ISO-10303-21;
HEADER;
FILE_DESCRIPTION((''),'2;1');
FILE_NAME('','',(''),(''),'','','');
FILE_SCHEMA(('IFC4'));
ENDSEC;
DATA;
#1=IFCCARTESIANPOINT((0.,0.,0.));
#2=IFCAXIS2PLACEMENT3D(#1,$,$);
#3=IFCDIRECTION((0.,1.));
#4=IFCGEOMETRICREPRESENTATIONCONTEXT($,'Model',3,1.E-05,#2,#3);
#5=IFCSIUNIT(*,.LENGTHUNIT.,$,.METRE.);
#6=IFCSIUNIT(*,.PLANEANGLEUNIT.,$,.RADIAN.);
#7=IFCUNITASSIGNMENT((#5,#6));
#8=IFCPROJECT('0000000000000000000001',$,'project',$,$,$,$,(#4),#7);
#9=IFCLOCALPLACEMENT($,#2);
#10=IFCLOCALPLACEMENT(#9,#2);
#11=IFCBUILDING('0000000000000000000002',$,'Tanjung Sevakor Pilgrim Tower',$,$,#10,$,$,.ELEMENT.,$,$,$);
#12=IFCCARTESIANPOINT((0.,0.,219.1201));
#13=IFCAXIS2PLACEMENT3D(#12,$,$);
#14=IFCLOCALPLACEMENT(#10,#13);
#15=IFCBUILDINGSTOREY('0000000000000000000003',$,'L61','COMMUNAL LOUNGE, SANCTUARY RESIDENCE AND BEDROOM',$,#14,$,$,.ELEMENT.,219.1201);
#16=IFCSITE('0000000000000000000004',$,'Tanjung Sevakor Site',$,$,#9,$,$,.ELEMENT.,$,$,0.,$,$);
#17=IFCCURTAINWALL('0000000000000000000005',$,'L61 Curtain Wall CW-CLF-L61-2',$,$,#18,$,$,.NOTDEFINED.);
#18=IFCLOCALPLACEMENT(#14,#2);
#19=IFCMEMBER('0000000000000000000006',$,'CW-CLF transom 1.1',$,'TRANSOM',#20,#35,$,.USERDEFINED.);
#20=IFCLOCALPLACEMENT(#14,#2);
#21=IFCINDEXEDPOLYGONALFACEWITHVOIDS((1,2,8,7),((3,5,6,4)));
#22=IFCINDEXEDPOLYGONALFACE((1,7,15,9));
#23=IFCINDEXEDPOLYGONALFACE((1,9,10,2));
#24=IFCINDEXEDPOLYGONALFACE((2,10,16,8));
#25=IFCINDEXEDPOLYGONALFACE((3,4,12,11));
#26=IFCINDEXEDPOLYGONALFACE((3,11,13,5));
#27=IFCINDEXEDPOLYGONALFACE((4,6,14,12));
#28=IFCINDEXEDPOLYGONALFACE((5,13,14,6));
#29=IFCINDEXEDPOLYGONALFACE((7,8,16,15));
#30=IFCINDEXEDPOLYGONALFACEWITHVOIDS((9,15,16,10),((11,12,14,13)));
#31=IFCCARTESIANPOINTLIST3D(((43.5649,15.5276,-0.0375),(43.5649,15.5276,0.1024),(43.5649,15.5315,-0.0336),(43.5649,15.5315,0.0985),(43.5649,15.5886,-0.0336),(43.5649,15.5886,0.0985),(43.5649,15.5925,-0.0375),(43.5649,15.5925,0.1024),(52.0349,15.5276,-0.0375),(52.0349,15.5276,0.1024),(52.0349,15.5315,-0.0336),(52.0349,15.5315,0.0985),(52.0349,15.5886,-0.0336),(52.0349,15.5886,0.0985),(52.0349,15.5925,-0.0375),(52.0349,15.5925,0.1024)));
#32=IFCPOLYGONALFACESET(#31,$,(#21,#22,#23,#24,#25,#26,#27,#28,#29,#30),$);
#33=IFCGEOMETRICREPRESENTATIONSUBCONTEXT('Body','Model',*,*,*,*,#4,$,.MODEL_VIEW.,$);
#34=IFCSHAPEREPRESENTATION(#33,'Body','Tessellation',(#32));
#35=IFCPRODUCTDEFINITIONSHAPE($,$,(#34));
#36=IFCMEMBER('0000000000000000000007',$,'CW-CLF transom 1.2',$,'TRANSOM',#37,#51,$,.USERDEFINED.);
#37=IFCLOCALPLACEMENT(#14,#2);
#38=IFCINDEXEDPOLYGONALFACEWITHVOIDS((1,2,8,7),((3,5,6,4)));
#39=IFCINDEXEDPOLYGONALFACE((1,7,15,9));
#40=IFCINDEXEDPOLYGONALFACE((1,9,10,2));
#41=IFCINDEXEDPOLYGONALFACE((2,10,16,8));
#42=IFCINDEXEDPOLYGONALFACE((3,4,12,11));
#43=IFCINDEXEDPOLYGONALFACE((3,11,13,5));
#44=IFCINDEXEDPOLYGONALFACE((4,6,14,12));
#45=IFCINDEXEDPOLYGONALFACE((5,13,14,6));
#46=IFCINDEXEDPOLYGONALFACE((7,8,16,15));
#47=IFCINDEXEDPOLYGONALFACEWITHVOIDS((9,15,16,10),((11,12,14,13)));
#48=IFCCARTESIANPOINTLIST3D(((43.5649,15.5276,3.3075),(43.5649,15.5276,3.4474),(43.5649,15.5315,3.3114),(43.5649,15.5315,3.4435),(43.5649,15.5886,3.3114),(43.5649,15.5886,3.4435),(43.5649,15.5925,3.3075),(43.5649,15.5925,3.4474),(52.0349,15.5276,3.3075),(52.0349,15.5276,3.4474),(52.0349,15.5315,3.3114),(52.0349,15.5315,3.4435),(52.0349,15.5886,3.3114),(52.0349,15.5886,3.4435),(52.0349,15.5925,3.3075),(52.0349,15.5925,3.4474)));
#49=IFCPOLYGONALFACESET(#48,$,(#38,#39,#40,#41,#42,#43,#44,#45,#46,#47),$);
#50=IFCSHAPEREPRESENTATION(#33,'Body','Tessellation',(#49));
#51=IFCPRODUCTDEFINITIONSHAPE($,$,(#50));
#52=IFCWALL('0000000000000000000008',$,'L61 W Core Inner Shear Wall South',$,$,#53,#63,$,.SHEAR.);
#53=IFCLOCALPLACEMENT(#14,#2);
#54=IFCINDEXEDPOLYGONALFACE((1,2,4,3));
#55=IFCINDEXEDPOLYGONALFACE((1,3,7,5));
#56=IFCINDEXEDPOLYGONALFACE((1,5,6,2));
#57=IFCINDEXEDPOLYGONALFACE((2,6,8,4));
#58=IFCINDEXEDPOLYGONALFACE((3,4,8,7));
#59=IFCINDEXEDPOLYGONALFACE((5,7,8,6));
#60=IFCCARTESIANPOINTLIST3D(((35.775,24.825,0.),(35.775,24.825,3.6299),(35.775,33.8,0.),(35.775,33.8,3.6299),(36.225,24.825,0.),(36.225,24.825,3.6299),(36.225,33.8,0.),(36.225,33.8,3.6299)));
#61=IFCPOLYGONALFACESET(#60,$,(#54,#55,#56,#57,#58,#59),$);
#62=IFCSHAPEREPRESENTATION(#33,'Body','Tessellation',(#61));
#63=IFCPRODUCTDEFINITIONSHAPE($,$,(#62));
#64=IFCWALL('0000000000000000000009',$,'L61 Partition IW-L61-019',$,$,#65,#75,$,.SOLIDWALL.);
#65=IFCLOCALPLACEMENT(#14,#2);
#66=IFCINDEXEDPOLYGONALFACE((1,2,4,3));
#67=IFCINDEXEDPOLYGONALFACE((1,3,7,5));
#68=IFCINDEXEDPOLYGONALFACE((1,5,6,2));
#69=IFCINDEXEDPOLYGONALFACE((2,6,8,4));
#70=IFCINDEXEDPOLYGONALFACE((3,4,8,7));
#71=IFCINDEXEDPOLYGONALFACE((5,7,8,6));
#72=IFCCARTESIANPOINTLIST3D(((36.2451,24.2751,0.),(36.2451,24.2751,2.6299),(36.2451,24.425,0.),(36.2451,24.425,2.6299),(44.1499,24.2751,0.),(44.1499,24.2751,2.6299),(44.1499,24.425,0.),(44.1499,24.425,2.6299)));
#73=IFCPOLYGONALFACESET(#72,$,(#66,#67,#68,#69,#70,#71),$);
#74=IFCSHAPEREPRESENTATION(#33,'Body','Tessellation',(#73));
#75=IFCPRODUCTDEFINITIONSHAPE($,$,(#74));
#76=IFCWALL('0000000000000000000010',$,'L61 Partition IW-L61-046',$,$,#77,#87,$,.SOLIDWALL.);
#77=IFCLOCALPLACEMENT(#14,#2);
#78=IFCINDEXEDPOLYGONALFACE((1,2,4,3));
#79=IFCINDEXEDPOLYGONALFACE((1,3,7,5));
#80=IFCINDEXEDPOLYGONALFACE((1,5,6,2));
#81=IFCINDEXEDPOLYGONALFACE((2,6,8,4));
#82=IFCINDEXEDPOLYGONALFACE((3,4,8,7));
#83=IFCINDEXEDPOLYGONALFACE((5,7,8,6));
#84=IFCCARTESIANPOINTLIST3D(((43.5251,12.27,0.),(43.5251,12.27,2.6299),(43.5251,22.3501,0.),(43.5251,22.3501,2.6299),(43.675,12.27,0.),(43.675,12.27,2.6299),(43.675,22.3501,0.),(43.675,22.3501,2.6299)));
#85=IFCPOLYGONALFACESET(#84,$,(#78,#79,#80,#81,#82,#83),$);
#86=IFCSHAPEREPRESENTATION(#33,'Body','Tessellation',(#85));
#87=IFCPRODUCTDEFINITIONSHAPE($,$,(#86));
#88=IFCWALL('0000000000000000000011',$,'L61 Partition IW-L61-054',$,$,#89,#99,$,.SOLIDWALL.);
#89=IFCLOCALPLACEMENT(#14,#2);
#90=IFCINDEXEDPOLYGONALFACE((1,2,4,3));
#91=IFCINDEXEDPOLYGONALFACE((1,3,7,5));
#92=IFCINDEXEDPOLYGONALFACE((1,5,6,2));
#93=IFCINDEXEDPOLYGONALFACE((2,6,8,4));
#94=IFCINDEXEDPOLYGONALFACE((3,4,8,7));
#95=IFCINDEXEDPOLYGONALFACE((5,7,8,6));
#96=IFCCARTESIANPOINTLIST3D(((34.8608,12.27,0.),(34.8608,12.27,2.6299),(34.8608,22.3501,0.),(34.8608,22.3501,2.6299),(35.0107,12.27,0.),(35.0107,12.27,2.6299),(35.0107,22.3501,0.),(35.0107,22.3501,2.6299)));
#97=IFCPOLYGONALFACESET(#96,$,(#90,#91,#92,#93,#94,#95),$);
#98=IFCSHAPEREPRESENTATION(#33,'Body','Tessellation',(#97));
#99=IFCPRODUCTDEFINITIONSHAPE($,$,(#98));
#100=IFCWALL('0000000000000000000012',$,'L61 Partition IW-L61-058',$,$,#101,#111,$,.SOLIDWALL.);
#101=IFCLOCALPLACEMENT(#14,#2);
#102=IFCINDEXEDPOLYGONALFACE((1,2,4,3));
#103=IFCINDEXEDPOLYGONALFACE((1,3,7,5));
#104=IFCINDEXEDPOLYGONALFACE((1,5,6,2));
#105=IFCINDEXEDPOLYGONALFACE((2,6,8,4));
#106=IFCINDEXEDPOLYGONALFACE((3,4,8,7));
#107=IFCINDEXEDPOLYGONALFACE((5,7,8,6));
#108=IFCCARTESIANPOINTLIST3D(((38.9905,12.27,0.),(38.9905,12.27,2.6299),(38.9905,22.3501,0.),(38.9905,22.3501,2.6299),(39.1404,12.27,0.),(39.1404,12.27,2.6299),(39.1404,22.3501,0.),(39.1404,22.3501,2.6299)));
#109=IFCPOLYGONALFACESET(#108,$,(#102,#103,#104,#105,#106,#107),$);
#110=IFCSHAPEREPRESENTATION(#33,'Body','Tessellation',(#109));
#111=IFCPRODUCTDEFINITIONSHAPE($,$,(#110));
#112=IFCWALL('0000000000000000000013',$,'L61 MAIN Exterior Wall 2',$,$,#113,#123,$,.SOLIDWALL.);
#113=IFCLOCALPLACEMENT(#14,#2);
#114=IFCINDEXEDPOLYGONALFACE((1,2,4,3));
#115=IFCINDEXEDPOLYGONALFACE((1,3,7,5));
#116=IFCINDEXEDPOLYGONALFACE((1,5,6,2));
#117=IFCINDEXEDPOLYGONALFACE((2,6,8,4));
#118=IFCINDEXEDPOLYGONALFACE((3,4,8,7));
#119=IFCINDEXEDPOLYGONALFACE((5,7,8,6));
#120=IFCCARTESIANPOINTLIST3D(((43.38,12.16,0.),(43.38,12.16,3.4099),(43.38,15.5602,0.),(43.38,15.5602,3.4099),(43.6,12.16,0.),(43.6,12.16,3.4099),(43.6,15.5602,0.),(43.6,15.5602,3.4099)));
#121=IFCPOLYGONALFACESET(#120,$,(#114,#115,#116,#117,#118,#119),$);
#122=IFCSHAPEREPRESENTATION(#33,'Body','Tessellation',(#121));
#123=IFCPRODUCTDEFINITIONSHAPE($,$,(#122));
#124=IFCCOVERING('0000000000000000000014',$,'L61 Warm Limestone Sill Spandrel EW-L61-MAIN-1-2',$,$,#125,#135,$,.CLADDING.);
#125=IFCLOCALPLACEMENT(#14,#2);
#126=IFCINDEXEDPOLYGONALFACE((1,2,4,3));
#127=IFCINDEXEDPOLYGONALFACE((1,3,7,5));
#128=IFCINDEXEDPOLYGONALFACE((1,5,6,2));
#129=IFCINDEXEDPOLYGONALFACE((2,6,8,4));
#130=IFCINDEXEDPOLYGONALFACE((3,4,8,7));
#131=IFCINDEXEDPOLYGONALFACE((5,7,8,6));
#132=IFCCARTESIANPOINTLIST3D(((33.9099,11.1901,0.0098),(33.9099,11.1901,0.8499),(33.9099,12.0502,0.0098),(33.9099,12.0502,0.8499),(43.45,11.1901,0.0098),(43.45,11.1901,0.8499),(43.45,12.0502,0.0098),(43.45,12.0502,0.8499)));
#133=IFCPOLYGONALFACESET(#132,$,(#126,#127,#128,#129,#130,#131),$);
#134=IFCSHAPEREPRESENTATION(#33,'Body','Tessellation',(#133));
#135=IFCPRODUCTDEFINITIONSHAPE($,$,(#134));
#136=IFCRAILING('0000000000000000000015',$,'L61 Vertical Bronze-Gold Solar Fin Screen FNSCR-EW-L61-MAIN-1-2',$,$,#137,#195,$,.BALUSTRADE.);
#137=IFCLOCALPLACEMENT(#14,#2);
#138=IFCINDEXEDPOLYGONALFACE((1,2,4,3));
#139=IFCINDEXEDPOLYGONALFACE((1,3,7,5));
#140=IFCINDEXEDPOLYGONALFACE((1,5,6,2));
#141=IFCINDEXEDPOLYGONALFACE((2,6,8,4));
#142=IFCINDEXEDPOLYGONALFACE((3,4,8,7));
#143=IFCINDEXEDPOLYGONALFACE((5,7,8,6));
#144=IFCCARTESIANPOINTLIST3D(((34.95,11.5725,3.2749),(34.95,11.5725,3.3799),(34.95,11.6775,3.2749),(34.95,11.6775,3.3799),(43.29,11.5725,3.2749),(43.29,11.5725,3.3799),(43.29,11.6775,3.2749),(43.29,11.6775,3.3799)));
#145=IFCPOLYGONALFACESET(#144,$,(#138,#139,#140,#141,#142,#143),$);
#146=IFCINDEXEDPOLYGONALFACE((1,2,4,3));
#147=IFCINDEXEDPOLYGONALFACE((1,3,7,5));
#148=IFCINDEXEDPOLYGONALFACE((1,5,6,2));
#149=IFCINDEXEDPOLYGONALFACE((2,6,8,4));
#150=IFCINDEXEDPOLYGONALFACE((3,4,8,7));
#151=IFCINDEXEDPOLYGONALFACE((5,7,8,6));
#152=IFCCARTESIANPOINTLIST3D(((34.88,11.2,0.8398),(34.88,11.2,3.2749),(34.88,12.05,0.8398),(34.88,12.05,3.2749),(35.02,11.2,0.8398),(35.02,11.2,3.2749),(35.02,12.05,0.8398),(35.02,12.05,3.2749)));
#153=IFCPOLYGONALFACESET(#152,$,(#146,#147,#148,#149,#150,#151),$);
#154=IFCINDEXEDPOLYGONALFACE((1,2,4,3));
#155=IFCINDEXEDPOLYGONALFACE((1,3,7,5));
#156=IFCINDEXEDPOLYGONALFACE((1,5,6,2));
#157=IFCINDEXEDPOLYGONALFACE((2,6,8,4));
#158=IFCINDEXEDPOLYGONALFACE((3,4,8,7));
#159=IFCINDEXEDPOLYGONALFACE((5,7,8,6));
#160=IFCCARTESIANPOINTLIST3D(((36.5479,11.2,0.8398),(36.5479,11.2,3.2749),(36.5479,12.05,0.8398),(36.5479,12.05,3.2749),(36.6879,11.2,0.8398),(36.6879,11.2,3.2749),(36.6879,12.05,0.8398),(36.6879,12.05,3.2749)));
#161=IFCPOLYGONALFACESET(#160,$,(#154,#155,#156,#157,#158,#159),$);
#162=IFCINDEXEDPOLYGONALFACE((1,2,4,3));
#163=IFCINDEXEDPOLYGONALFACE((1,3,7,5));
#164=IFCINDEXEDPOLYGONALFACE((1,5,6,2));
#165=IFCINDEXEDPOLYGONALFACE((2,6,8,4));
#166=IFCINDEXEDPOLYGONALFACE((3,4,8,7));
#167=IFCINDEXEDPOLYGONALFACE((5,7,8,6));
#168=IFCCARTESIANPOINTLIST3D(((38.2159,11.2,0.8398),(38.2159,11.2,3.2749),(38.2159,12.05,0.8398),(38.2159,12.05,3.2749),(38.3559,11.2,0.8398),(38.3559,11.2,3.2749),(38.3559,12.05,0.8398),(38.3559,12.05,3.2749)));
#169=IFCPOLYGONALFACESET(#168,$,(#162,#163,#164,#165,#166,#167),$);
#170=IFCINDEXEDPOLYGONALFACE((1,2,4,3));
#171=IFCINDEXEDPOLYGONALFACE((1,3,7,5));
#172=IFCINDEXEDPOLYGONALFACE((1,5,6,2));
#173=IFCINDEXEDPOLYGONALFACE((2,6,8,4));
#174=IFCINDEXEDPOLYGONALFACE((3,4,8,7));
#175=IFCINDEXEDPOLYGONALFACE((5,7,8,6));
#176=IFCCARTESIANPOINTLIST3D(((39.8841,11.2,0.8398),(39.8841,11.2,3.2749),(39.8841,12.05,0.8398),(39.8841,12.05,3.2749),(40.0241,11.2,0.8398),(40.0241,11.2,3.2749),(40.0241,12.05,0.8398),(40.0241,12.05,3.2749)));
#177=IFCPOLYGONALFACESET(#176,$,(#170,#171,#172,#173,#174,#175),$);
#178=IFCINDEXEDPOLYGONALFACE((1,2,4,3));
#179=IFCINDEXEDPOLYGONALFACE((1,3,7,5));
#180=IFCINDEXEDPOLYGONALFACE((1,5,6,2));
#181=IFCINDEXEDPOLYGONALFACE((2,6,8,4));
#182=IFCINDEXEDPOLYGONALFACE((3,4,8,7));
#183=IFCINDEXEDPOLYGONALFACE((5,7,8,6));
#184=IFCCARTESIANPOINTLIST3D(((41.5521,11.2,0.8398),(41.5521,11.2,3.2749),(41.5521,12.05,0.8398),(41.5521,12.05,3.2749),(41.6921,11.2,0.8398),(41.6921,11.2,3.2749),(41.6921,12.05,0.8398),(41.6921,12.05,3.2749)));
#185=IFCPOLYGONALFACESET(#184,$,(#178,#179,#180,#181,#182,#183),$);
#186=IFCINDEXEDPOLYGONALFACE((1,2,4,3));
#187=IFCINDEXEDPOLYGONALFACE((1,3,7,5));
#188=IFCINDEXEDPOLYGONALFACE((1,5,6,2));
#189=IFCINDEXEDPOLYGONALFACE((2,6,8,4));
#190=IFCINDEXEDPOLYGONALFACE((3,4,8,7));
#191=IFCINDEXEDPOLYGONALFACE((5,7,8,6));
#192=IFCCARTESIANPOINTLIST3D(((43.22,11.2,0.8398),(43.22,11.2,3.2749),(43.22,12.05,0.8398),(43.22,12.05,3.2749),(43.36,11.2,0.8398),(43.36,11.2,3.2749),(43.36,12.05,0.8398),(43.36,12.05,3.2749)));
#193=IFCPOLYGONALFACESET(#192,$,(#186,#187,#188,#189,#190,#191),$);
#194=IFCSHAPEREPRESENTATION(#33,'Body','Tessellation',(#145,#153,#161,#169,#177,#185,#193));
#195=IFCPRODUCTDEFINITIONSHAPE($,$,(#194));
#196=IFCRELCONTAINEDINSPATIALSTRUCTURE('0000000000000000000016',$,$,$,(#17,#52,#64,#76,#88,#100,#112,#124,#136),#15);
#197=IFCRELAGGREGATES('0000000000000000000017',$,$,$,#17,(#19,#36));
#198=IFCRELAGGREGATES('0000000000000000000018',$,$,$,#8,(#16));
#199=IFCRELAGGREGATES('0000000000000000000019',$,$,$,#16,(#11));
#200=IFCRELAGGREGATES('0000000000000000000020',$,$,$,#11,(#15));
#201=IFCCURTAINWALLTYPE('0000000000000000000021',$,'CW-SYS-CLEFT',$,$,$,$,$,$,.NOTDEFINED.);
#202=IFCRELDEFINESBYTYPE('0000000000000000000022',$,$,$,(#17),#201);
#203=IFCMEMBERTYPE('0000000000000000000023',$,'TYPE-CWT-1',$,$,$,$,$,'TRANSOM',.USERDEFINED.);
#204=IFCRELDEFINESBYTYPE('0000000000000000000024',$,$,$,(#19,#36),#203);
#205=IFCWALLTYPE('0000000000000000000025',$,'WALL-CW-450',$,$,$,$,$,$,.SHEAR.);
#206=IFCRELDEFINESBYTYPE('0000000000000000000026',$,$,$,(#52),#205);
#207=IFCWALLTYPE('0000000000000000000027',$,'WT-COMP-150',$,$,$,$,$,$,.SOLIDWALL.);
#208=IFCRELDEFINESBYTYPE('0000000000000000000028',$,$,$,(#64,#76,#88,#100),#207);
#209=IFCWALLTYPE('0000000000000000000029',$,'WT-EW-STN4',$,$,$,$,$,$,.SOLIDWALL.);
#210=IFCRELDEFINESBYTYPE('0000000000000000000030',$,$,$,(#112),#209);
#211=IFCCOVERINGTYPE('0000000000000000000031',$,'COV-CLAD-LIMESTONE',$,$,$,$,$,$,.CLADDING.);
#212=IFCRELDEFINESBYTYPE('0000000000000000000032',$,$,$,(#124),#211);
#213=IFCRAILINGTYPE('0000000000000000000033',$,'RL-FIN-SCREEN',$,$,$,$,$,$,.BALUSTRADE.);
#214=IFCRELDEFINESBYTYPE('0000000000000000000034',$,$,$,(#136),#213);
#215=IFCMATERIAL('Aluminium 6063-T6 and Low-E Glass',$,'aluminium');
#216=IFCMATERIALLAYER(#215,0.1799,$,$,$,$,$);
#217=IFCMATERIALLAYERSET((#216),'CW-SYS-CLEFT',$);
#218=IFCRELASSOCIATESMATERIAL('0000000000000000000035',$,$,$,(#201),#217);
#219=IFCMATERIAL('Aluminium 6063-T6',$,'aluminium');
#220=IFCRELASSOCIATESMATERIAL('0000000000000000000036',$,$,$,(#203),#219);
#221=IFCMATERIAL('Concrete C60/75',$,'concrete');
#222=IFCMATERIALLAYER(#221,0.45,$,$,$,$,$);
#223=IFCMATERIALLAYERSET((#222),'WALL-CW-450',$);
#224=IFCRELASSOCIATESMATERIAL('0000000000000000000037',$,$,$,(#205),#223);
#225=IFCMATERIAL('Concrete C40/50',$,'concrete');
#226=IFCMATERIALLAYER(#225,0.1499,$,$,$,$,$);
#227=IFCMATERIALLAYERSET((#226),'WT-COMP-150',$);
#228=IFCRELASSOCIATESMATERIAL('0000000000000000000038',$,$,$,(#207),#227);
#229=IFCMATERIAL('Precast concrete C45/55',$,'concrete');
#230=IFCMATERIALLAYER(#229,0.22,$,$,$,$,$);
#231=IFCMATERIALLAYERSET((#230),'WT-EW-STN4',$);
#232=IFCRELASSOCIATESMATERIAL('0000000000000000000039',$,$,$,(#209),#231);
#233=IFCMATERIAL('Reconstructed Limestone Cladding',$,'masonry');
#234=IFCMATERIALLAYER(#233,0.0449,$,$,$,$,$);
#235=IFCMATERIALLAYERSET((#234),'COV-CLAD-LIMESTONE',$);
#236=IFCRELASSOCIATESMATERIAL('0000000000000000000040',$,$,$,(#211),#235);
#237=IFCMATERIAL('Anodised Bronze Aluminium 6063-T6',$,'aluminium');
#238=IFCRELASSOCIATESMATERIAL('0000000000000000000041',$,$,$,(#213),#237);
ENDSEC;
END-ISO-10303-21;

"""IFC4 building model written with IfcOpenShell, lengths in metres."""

from ifc_helpers import new_model, si_unit, direction, frame, frame_2d, origin, origin_2d, place, context, subcontext, project, spatial, rectangle, hollow_rectangle, extrude, material, layer, layer_set, material_profile, profile_set, type_object, element, aggregate, save


model = new_model("IFC4")

# Units and contexts
model_context = context("Model", 3, precision=1e-05, world=origin(), true_north=direction((0.0, 1.0)))
body_context = subcontext(model_context, "Body", "Model", "MODEL_VIEW")
ifc_project = project(units=[si_unit("LENGTHUNIT", "METRE"), si_unit("PLANEANGLEUNIT", "RADIAN")], contexts=[model_context])

# Site, building, storey
site_placement = place(None, origin())
site = spatial("IfcSite", under=ifc_project, at=site_placement, Name="Tanjung Sevakor Site", CompositionType="ELEMENT", RefElevation=0.0)
building_placement = place(site_placement, origin())
building = spatial("IfcBuilding", under=site, at=building_placement, Name="Tanjung Sevakor Pilgrim Tower", CompositionType="ELEMENT")
storey_placement = place(building_placement, frame((0.0, 0.0, 219.1201)))
storey = spatial("IfcBuildingStorey", under=building, at=storey_placement, Name="L61", Description="COMMUNAL LOUNGE, SANCTUARY RESIDENCE AND BEDROOM", CompositionType="ELEMENT", Elevation=219.1201)

# Curtain wall, members
ifc_material_1 = material(Name="Aluminium 6063-T6 and Low-E Glass", Category="aluminium")
ifc_layer_1 = layer(ifc_material_1, 0.1799)
ifc_layer_set_1 = layer_set([ifc_layer_1], Name="CW-SYS-CLEFT")
curtain_wall_type = type_object("IfcCurtainWallType", Name="CW-SYS-CLEFT", PredefinedType="NOTDEFINED", material=ifc_layer_set_1)
curtain_wall_placement = place(storey_placement, origin())
curtain_wall = element("IfcCurtainWall", 1, at=curtain_wall_placement, inside=storey, type_object=curtain_wall_type, Name="L61 Curtain Wall CW-CLF-L61-2", PredefinedType="NOTDEFINED")
ifc_material_2 = material(Name="Aluminium 6063-T6", Category="aluminium")
ifc_material_profile_1 = material_profile(ifc_material_2, hollow_rectangle(XDim=0.0649, YDim=0.1399, WallThickness=0.0039, at=origin_2d()))
ifc_profile_set_1 = profile_set([ifc_material_profile_1], Name="Aluminium 6063-T6")
member_type_1 = type_object("IfcMemberType", Name="TYPE-CWT-1", ElementType="TRANSOM", PredefinedType="USERDEFINED", material=ifc_profile_set_1)
member_1_placement = place(storey_placement, frame((43.5649, 15.5601, 0.0325), z_axis=(1.0, 0.0, 0.0), x_axis=(0.0, 1.0, 0.0)))
member_1 = element("IfcMember", 2, at=member_1_placement, type_object=member_type_1, Name="CW-CLF transom 1.1", ObjectType="TRANSOM", PredefinedType="USERDEFINED", context=body_context, shape_type="SweptSolid", body=[
    extrude(hollow_rectangle(XDim=0.0649, YDim=0.1399, WallThickness=0.0039, at=origin_2d()), origin(), (0.0, 0.0, 1.0), 8.47),
])
member_2_placement = place(storey_placement, frame((43.5649, 15.5601, 3.3774), z_axis=(1.0, 0.0, 0.0), x_axis=(0.0, 1.0, 0.0)))
member_2 = element("IfcMember", 3, at=member_2_placement, type_object=member_type_1, Name="CW-CLF transom 1.2", ObjectType="TRANSOM", PredefinedType="USERDEFINED", context=body_context, shape_type="SweptSolid", body=[
    extrude(hollow_rectangle(XDim=0.0649, YDim=0.1399, WallThickness=0.0039, at=origin_2d()), origin(), (0.0, 0.0, 1.0), 8.47),
])
aggregate(curtain_wall, [member_1, member_2])

# Wall
ifc_material_3 = material(Name="Concrete C60/75", Category="concrete")
ifc_layer_2 = layer(ifc_material_3, 0.45)
ifc_layer_set_2 = layer_set([ifc_layer_2], Name="WALL-CW-450")
wall_type_1 = type_object("IfcWallType", Name="WALL-CW-450", PredefinedType="SHEAR", material=ifc_layer_set_2)
wall_1_placement = place(storey_placement, frame((36.0, 24.825, 0.0), z_axis=(0.0, 0.0, 1.0), x_axis=(0.0, 1.0, 0.0)))
element("IfcWall", 4, at=wall_1_placement, inside=storey, type_object=wall_type_1, Name="L61 W Core Inner Shear Wall South", PredefinedType="SHEAR", context=body_context, shape_type="SweptSolid", body=[
    extrude(rectangle(XDim=8.9751, YDim=0.45, at=frame_2d((4.4875, 0.0))), origin(), (0.0, 0.0, 1.0), 3.6299),
])

# Shared definitions
ifc_material_4 = material(Name="Concrete C40/50", Category="concrete")
ifc_layer_3 = layer(ifc_material_4, 0.1499)
ifc_layer_set_3 = layer_set([ifc_layer_3], Name="WT-COMP-150")
wall_type_2 = type_object("IfcWallType", Name="WT-COMP-150", PredefinedType="SOLIDWALL", material=ifc_layer_set_3)

# Walls
wall_2_placement = place(storey_placement, frame((36.2451, 24.3501, 0.0), z_axis=(0.0, 0.0, 1.0), x_axis=(1.0, 0.0, 0.0)))
element("IfcWall", 5, at=wall_2_placement, inside=storey, type_object=wall_type_2, Name="L61 Partition IW-L61-019", PredefinedType="SOLIDWALL", context=body_context, shape_type="SweptSolid", body=[
    extrude(rectangle(XDim=7.9048, YDim=0.1499, at=frame_2d((3.9524, 0.0))), origin(), (0.0, 0.0, 1.0), 2.6299),
])
for number, where, z_axis, x_axis, name in (
    (6, (43.6001, 12.27, 0.0), (0.0, 0.0, 1.0), (0.0, 1.0, 0.0), "L61 Partition IW-L61-046"),
    (7, (34.9358, 12.27, 0.0), (0.0, 0.0, 1.0), (0.0, 1.0, 0.0), "L61 Partition IW-L61-054"),
    (8, (39.0654, 12.27, 0.0), (0.0, 0.0, 1.0), (0.0, 1.0, 0.0), "L61 Partition IW-L61-058"),
):
    element("IfcWall", number, at=place(storey_placement, frame(where, z_axis=z_axis, x_axis=x_axis)), inside=storey, type_object=wall_type_2, Name=name, PredefinedType="SOLIDWALL", context=body_context, shape_type="SweptSolid", body=[
        extrude(rectangle(XDim=10.0801, YDim=0.1499, at=frame_2d((5.04, 0.0))), origin(), (0.0, 0.0, 1.0), 2.6299),
    ])

# Wall
ifc_material_5 = material(Name="Precast concrete C45/55", Category="concrete")
ifc_layer_4 = layer(ifc_material_5, 0.22)
ifc_layer_set_4 = layer_set([ifc_layer_4], Name="WT-EW-STN4")
wall_type_3 = type_object("IfcWallType", Name="WT-EW-STN4", PredefinedType="SOLIDWALL", material=ifc_layer_set_4)
wall_3_placement = place(storey_placement, frame((43.49, 12.1599, 0.0), z_axis=(0.0, 0.0, 1.0), x_axis=(0.0, 1.0, 0.0)))
element("IfcWall", 9, at=wall_3_placement, inside=storey, type_object=wall_type_3, Name="L61 MAIN Exterior Wall 2", PredefinedType="SOLIDWALL", context=body_context, shape_type="SweptSolid", body=[
    extrude(rectangle(XDim=3.4001, YDim=0.22, at=frame_2d((1.7002, 0.0))), origin(), (0.0, 0.0, 1.0), 3.4099),
])

# Covering
ifc_material_6 = material(Name="Reconstructed Limestone Cladding", Category="masonry")
ifc_layer_5 = layer(ifc_material_6, 0.0449)
ifc_layer_set_5 = layer_set([ifc_layer_5], Name="COV-CLAD-LIMESTONE")
covering_type = type_object("IfcCoveringType", Name="COV-CLAD-LIMESTONE", PredefinedType="CLADDING", material=ifc_layer_set_5)
covering_placement = place(storey_placement, frame((38.6799, 11.6201, 0.0098), z_axis=(0.0, 0.0, 1.0), x_axis=(1.0, 0.0, 0.0)))
element("IfcCovering", 10, at=covering_placement, inside=storey, type_object=covering_type, Name="L61 Warm Limestone Sill Spandrel EW-L61-MAIN-1-2", PredefinedType="CLADDING", context=body_context, shape_type="SweptSolid", body=[
    extrude(rectangle(XDim=9.54, YDim=0.8601, at=origin_2d()), origin(), (0.0, 0.0, 1.0), 0.8401),
])

# Railing
ifc_material_7 = material(Name="Anodised Bronze Aluminium 6063-T6", Category="aluminium")
railing_type = type_object("IfcRailingType", Name="RL-FIN-SCREEN", PredefinedType="BALUSTRADE", material=ifc_material_7)
railing_placement = place(storey_placement, frame((34.95, 11.625, 0.8398)))
element("IfcRailing", 11, at=railing_placement, inside=storey, type_object=railing_type, Name="L61 Vertical Bronze-Gold Solar Fin Screen FNSCR-EW-L61-MAIN-1-2", PredefinedType="BALUSTRADE", context=body_context, shape_type="SweptSolid", body=[
    extrude(rectangle(XDim=0.105, YDim=0.105), frame((0.0, 0.0, 2.4875), z_axis=(1.0, 0.0, 0.0), x_axis=(0.0, 1.0, 0.0)), (0.0, 0.0, 1.0), 8.3401),
    extrude(rectangle(XDim=0.14, YDim=0.85), origin(), (0.0, 0.0, 1.0), 2.4351),
    extrude(rectangle(XDim=0.14, YDim=0.85), frame((1.668, 0.0, 0.0)), (0.0, 0.0, 1.0), 2.4351),
    extrude(rectangle(XDim=0.14, YDim=0.85), frame((3.3359, 0.0, 0.0)), (0.0, 0.0, 1.0), 2.4351),
    extrude(rectangle(XDim=0.14, YDim=0.85), frame((5.0042, 0.0, 0.0)), (0.0, 0.0, 1.0), 2.4351),
    extrude(rectangle(XDim=0.14, YDim=0.85), frame((6.6721, 0.0, 0.0)), (0.0, 0.0, 1.0), 2.4351),
    extrude(rectangle(XDim=0.14, YDim=0.85), frame((8.3401, 0.0, 0.0)), (0.0, 0.0, 1.0), 2.4351),
])

save(model, "model.ifc")
